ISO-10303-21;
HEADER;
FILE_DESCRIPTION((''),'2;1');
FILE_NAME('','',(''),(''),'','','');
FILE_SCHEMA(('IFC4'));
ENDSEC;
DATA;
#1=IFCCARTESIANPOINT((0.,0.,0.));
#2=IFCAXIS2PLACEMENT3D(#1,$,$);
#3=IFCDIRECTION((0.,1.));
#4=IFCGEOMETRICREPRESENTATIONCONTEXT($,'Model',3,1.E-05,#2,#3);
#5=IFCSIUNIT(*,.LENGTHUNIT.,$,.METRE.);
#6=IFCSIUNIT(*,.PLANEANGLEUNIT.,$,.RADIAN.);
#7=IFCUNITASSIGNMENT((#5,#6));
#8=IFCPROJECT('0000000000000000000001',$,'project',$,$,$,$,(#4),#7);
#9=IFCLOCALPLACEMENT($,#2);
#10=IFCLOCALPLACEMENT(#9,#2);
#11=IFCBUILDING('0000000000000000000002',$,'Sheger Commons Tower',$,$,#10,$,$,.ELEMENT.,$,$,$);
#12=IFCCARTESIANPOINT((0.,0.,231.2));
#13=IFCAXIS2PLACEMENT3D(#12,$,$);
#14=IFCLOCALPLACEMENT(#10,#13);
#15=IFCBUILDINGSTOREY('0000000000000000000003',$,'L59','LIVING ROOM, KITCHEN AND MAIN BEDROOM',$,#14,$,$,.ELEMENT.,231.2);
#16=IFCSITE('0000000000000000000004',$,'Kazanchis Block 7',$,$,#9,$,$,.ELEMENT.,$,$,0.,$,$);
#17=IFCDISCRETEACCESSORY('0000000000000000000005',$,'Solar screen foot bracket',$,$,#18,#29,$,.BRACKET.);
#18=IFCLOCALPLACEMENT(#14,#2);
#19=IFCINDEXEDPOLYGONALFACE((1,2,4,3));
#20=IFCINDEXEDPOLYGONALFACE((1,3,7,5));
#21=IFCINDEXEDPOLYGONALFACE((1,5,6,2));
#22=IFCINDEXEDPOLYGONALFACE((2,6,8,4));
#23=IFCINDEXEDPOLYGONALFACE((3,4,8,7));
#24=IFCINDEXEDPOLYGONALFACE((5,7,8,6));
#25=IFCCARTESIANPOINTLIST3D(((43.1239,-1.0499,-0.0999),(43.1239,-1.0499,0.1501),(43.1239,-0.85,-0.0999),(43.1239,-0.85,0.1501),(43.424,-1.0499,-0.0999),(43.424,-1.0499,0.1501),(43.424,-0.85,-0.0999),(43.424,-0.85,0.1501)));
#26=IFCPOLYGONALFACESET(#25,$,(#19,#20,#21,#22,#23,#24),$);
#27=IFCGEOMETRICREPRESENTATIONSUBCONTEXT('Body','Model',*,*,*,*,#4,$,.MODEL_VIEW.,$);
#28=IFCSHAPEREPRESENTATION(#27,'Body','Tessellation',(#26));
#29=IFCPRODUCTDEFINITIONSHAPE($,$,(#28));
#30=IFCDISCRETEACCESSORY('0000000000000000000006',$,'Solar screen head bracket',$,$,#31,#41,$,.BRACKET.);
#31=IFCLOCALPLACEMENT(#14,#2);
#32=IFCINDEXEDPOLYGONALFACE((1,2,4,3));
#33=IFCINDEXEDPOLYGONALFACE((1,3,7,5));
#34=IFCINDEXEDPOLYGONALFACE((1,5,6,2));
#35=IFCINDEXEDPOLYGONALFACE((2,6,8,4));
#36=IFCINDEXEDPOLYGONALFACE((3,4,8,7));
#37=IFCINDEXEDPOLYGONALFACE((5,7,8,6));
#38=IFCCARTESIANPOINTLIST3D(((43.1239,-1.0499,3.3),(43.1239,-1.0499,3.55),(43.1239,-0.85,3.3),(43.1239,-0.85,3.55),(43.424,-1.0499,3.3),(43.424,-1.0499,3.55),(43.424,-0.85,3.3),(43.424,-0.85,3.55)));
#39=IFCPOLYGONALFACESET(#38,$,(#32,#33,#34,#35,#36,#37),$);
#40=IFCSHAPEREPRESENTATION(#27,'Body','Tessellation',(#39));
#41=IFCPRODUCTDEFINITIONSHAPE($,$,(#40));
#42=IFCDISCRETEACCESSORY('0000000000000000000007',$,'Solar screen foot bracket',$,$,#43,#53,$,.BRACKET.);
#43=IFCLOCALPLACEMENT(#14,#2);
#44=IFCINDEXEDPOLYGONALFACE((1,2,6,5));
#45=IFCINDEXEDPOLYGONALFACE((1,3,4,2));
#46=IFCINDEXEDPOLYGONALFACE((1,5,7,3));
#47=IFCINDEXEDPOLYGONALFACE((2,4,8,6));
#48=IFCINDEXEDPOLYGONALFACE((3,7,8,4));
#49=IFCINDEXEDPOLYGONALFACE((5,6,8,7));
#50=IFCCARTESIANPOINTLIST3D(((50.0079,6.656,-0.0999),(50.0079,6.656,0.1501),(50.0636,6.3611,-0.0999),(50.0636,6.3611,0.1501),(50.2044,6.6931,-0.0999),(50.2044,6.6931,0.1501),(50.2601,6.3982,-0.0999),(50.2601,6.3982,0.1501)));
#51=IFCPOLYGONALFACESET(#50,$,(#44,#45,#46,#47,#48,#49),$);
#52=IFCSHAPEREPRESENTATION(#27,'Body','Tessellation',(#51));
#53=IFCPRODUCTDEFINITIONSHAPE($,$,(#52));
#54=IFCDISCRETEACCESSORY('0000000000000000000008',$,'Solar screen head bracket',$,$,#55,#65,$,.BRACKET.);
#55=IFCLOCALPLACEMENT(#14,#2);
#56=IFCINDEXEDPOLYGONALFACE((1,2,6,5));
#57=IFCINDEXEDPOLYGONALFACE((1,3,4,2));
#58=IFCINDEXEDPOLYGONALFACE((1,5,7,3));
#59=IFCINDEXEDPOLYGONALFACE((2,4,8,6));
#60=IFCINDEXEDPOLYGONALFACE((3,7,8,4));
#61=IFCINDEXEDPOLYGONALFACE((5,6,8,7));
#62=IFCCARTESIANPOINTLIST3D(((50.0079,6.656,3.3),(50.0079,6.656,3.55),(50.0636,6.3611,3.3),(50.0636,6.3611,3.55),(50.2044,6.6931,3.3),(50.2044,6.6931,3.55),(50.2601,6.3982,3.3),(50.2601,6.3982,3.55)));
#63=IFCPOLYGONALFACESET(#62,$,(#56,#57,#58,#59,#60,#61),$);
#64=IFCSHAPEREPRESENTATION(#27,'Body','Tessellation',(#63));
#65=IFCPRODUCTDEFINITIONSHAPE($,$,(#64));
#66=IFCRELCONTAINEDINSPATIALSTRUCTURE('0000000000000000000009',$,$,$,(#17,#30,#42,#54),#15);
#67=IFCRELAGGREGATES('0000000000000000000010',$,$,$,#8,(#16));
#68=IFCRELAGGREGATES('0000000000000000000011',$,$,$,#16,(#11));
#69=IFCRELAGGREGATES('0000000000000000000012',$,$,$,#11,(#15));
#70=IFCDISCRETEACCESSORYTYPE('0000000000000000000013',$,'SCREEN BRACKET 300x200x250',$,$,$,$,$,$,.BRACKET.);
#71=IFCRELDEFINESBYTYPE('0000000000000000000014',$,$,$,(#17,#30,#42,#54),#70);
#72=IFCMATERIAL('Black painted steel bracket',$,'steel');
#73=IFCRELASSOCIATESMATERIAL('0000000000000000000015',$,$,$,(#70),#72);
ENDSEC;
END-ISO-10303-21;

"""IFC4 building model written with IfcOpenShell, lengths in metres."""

from ifc_helpers import new_model, si_unit, direction, frame, origin, origin_2d, place, context, subcontext, project, spatial, rectangle, extrude, material, type_object, element, save


model = new_model("IFC4")

# Units and contexts
model_context = context("Model", 3, precision=1e-05, world=origin(), true_north=direction((0.0, 1.0)))
body_context = subcontext(model_context, "Body", "Model", "MODEL_VIEW")
ifc_project = project(units=[si_unit("LENGTHUNIT", "METRE"), si_unit("PLANEANGLEUNIT", "RADIAN")], contexts=[model_context])

# Site, building, storey
site_placement = place(None, origin())
site = spatial("IfcSite", under=ifc_project, at=site_placement, Name="Kazanchis Block 7", CompositionType="ELEMENT", RefElevation=0.0)
building_placement = place(site_placement, origin())
building = spatial("IfcBuilding", under=site, at=building_placement, Name="Sheger Commons Tower", CompositionType="ELEMENT")
storey_placement = place(building_placement, frame((0.0, 0.0, 231.2)))
storey = spatial("IfcBuildingStorey", under=building, at=storey_placement, Name="L59", Description="LIVING ROOM, KITCHEN AND MAIN BEDROOM", CompositionType="ELEMENT", Elevation=231.2)

# Discrete accessories
ifc_material_1 = material(Name="Black painted steel bracket", Category="steel")
discrete_accessory_type = type_object("IfcDiscreteAccessoryType", Name="SCREEN BRACKET 300x200x250", PredefinedType="BRACKET", material=ifc_material_1)
for number, where, z_axis, x_axis, name in (
    (1, (43.2739, -0.95, -0.0999), (0.0, 0.0, 1.0), (1.0, 0.0, 0.0), "Solar screen foot bracket"),
    (2, (43.2739, -0.95, 3.3), (0.0, 0.0, 1.0), (1.0, 0.0, 0.0), "Solar screen head bracket"),
    (3, (50.134, 6.5271, -0.0999), (0.0, 0.0, 1.0), (-0.185615, 0.982623, 0.0), "Solar screen foot bracket"),
    (4, (50.134, 6.5271, 3.3), (0.0, 0.0, 1.0), (-0.185615, 0.982623, 0.0), "Solar screen head bracket"),
):
    element("IfcDiscreteAccessory", number, at=place(storey_placement, frame(where, z_axis=z_axis, x_axis=x_axis)), inside=storey, type_object=discrete_accessory_type, Name=name, PredefinedType="BRACKET", context=body_context, shape_type="SweptSolid", body=[
        extrude(rectangle(XDim=0.3, YDim=0.2, at=origin_2d()), origin(), (0.0, 0.0, 1.0), 0.25),
    ])

save(model, "model.ifc")
